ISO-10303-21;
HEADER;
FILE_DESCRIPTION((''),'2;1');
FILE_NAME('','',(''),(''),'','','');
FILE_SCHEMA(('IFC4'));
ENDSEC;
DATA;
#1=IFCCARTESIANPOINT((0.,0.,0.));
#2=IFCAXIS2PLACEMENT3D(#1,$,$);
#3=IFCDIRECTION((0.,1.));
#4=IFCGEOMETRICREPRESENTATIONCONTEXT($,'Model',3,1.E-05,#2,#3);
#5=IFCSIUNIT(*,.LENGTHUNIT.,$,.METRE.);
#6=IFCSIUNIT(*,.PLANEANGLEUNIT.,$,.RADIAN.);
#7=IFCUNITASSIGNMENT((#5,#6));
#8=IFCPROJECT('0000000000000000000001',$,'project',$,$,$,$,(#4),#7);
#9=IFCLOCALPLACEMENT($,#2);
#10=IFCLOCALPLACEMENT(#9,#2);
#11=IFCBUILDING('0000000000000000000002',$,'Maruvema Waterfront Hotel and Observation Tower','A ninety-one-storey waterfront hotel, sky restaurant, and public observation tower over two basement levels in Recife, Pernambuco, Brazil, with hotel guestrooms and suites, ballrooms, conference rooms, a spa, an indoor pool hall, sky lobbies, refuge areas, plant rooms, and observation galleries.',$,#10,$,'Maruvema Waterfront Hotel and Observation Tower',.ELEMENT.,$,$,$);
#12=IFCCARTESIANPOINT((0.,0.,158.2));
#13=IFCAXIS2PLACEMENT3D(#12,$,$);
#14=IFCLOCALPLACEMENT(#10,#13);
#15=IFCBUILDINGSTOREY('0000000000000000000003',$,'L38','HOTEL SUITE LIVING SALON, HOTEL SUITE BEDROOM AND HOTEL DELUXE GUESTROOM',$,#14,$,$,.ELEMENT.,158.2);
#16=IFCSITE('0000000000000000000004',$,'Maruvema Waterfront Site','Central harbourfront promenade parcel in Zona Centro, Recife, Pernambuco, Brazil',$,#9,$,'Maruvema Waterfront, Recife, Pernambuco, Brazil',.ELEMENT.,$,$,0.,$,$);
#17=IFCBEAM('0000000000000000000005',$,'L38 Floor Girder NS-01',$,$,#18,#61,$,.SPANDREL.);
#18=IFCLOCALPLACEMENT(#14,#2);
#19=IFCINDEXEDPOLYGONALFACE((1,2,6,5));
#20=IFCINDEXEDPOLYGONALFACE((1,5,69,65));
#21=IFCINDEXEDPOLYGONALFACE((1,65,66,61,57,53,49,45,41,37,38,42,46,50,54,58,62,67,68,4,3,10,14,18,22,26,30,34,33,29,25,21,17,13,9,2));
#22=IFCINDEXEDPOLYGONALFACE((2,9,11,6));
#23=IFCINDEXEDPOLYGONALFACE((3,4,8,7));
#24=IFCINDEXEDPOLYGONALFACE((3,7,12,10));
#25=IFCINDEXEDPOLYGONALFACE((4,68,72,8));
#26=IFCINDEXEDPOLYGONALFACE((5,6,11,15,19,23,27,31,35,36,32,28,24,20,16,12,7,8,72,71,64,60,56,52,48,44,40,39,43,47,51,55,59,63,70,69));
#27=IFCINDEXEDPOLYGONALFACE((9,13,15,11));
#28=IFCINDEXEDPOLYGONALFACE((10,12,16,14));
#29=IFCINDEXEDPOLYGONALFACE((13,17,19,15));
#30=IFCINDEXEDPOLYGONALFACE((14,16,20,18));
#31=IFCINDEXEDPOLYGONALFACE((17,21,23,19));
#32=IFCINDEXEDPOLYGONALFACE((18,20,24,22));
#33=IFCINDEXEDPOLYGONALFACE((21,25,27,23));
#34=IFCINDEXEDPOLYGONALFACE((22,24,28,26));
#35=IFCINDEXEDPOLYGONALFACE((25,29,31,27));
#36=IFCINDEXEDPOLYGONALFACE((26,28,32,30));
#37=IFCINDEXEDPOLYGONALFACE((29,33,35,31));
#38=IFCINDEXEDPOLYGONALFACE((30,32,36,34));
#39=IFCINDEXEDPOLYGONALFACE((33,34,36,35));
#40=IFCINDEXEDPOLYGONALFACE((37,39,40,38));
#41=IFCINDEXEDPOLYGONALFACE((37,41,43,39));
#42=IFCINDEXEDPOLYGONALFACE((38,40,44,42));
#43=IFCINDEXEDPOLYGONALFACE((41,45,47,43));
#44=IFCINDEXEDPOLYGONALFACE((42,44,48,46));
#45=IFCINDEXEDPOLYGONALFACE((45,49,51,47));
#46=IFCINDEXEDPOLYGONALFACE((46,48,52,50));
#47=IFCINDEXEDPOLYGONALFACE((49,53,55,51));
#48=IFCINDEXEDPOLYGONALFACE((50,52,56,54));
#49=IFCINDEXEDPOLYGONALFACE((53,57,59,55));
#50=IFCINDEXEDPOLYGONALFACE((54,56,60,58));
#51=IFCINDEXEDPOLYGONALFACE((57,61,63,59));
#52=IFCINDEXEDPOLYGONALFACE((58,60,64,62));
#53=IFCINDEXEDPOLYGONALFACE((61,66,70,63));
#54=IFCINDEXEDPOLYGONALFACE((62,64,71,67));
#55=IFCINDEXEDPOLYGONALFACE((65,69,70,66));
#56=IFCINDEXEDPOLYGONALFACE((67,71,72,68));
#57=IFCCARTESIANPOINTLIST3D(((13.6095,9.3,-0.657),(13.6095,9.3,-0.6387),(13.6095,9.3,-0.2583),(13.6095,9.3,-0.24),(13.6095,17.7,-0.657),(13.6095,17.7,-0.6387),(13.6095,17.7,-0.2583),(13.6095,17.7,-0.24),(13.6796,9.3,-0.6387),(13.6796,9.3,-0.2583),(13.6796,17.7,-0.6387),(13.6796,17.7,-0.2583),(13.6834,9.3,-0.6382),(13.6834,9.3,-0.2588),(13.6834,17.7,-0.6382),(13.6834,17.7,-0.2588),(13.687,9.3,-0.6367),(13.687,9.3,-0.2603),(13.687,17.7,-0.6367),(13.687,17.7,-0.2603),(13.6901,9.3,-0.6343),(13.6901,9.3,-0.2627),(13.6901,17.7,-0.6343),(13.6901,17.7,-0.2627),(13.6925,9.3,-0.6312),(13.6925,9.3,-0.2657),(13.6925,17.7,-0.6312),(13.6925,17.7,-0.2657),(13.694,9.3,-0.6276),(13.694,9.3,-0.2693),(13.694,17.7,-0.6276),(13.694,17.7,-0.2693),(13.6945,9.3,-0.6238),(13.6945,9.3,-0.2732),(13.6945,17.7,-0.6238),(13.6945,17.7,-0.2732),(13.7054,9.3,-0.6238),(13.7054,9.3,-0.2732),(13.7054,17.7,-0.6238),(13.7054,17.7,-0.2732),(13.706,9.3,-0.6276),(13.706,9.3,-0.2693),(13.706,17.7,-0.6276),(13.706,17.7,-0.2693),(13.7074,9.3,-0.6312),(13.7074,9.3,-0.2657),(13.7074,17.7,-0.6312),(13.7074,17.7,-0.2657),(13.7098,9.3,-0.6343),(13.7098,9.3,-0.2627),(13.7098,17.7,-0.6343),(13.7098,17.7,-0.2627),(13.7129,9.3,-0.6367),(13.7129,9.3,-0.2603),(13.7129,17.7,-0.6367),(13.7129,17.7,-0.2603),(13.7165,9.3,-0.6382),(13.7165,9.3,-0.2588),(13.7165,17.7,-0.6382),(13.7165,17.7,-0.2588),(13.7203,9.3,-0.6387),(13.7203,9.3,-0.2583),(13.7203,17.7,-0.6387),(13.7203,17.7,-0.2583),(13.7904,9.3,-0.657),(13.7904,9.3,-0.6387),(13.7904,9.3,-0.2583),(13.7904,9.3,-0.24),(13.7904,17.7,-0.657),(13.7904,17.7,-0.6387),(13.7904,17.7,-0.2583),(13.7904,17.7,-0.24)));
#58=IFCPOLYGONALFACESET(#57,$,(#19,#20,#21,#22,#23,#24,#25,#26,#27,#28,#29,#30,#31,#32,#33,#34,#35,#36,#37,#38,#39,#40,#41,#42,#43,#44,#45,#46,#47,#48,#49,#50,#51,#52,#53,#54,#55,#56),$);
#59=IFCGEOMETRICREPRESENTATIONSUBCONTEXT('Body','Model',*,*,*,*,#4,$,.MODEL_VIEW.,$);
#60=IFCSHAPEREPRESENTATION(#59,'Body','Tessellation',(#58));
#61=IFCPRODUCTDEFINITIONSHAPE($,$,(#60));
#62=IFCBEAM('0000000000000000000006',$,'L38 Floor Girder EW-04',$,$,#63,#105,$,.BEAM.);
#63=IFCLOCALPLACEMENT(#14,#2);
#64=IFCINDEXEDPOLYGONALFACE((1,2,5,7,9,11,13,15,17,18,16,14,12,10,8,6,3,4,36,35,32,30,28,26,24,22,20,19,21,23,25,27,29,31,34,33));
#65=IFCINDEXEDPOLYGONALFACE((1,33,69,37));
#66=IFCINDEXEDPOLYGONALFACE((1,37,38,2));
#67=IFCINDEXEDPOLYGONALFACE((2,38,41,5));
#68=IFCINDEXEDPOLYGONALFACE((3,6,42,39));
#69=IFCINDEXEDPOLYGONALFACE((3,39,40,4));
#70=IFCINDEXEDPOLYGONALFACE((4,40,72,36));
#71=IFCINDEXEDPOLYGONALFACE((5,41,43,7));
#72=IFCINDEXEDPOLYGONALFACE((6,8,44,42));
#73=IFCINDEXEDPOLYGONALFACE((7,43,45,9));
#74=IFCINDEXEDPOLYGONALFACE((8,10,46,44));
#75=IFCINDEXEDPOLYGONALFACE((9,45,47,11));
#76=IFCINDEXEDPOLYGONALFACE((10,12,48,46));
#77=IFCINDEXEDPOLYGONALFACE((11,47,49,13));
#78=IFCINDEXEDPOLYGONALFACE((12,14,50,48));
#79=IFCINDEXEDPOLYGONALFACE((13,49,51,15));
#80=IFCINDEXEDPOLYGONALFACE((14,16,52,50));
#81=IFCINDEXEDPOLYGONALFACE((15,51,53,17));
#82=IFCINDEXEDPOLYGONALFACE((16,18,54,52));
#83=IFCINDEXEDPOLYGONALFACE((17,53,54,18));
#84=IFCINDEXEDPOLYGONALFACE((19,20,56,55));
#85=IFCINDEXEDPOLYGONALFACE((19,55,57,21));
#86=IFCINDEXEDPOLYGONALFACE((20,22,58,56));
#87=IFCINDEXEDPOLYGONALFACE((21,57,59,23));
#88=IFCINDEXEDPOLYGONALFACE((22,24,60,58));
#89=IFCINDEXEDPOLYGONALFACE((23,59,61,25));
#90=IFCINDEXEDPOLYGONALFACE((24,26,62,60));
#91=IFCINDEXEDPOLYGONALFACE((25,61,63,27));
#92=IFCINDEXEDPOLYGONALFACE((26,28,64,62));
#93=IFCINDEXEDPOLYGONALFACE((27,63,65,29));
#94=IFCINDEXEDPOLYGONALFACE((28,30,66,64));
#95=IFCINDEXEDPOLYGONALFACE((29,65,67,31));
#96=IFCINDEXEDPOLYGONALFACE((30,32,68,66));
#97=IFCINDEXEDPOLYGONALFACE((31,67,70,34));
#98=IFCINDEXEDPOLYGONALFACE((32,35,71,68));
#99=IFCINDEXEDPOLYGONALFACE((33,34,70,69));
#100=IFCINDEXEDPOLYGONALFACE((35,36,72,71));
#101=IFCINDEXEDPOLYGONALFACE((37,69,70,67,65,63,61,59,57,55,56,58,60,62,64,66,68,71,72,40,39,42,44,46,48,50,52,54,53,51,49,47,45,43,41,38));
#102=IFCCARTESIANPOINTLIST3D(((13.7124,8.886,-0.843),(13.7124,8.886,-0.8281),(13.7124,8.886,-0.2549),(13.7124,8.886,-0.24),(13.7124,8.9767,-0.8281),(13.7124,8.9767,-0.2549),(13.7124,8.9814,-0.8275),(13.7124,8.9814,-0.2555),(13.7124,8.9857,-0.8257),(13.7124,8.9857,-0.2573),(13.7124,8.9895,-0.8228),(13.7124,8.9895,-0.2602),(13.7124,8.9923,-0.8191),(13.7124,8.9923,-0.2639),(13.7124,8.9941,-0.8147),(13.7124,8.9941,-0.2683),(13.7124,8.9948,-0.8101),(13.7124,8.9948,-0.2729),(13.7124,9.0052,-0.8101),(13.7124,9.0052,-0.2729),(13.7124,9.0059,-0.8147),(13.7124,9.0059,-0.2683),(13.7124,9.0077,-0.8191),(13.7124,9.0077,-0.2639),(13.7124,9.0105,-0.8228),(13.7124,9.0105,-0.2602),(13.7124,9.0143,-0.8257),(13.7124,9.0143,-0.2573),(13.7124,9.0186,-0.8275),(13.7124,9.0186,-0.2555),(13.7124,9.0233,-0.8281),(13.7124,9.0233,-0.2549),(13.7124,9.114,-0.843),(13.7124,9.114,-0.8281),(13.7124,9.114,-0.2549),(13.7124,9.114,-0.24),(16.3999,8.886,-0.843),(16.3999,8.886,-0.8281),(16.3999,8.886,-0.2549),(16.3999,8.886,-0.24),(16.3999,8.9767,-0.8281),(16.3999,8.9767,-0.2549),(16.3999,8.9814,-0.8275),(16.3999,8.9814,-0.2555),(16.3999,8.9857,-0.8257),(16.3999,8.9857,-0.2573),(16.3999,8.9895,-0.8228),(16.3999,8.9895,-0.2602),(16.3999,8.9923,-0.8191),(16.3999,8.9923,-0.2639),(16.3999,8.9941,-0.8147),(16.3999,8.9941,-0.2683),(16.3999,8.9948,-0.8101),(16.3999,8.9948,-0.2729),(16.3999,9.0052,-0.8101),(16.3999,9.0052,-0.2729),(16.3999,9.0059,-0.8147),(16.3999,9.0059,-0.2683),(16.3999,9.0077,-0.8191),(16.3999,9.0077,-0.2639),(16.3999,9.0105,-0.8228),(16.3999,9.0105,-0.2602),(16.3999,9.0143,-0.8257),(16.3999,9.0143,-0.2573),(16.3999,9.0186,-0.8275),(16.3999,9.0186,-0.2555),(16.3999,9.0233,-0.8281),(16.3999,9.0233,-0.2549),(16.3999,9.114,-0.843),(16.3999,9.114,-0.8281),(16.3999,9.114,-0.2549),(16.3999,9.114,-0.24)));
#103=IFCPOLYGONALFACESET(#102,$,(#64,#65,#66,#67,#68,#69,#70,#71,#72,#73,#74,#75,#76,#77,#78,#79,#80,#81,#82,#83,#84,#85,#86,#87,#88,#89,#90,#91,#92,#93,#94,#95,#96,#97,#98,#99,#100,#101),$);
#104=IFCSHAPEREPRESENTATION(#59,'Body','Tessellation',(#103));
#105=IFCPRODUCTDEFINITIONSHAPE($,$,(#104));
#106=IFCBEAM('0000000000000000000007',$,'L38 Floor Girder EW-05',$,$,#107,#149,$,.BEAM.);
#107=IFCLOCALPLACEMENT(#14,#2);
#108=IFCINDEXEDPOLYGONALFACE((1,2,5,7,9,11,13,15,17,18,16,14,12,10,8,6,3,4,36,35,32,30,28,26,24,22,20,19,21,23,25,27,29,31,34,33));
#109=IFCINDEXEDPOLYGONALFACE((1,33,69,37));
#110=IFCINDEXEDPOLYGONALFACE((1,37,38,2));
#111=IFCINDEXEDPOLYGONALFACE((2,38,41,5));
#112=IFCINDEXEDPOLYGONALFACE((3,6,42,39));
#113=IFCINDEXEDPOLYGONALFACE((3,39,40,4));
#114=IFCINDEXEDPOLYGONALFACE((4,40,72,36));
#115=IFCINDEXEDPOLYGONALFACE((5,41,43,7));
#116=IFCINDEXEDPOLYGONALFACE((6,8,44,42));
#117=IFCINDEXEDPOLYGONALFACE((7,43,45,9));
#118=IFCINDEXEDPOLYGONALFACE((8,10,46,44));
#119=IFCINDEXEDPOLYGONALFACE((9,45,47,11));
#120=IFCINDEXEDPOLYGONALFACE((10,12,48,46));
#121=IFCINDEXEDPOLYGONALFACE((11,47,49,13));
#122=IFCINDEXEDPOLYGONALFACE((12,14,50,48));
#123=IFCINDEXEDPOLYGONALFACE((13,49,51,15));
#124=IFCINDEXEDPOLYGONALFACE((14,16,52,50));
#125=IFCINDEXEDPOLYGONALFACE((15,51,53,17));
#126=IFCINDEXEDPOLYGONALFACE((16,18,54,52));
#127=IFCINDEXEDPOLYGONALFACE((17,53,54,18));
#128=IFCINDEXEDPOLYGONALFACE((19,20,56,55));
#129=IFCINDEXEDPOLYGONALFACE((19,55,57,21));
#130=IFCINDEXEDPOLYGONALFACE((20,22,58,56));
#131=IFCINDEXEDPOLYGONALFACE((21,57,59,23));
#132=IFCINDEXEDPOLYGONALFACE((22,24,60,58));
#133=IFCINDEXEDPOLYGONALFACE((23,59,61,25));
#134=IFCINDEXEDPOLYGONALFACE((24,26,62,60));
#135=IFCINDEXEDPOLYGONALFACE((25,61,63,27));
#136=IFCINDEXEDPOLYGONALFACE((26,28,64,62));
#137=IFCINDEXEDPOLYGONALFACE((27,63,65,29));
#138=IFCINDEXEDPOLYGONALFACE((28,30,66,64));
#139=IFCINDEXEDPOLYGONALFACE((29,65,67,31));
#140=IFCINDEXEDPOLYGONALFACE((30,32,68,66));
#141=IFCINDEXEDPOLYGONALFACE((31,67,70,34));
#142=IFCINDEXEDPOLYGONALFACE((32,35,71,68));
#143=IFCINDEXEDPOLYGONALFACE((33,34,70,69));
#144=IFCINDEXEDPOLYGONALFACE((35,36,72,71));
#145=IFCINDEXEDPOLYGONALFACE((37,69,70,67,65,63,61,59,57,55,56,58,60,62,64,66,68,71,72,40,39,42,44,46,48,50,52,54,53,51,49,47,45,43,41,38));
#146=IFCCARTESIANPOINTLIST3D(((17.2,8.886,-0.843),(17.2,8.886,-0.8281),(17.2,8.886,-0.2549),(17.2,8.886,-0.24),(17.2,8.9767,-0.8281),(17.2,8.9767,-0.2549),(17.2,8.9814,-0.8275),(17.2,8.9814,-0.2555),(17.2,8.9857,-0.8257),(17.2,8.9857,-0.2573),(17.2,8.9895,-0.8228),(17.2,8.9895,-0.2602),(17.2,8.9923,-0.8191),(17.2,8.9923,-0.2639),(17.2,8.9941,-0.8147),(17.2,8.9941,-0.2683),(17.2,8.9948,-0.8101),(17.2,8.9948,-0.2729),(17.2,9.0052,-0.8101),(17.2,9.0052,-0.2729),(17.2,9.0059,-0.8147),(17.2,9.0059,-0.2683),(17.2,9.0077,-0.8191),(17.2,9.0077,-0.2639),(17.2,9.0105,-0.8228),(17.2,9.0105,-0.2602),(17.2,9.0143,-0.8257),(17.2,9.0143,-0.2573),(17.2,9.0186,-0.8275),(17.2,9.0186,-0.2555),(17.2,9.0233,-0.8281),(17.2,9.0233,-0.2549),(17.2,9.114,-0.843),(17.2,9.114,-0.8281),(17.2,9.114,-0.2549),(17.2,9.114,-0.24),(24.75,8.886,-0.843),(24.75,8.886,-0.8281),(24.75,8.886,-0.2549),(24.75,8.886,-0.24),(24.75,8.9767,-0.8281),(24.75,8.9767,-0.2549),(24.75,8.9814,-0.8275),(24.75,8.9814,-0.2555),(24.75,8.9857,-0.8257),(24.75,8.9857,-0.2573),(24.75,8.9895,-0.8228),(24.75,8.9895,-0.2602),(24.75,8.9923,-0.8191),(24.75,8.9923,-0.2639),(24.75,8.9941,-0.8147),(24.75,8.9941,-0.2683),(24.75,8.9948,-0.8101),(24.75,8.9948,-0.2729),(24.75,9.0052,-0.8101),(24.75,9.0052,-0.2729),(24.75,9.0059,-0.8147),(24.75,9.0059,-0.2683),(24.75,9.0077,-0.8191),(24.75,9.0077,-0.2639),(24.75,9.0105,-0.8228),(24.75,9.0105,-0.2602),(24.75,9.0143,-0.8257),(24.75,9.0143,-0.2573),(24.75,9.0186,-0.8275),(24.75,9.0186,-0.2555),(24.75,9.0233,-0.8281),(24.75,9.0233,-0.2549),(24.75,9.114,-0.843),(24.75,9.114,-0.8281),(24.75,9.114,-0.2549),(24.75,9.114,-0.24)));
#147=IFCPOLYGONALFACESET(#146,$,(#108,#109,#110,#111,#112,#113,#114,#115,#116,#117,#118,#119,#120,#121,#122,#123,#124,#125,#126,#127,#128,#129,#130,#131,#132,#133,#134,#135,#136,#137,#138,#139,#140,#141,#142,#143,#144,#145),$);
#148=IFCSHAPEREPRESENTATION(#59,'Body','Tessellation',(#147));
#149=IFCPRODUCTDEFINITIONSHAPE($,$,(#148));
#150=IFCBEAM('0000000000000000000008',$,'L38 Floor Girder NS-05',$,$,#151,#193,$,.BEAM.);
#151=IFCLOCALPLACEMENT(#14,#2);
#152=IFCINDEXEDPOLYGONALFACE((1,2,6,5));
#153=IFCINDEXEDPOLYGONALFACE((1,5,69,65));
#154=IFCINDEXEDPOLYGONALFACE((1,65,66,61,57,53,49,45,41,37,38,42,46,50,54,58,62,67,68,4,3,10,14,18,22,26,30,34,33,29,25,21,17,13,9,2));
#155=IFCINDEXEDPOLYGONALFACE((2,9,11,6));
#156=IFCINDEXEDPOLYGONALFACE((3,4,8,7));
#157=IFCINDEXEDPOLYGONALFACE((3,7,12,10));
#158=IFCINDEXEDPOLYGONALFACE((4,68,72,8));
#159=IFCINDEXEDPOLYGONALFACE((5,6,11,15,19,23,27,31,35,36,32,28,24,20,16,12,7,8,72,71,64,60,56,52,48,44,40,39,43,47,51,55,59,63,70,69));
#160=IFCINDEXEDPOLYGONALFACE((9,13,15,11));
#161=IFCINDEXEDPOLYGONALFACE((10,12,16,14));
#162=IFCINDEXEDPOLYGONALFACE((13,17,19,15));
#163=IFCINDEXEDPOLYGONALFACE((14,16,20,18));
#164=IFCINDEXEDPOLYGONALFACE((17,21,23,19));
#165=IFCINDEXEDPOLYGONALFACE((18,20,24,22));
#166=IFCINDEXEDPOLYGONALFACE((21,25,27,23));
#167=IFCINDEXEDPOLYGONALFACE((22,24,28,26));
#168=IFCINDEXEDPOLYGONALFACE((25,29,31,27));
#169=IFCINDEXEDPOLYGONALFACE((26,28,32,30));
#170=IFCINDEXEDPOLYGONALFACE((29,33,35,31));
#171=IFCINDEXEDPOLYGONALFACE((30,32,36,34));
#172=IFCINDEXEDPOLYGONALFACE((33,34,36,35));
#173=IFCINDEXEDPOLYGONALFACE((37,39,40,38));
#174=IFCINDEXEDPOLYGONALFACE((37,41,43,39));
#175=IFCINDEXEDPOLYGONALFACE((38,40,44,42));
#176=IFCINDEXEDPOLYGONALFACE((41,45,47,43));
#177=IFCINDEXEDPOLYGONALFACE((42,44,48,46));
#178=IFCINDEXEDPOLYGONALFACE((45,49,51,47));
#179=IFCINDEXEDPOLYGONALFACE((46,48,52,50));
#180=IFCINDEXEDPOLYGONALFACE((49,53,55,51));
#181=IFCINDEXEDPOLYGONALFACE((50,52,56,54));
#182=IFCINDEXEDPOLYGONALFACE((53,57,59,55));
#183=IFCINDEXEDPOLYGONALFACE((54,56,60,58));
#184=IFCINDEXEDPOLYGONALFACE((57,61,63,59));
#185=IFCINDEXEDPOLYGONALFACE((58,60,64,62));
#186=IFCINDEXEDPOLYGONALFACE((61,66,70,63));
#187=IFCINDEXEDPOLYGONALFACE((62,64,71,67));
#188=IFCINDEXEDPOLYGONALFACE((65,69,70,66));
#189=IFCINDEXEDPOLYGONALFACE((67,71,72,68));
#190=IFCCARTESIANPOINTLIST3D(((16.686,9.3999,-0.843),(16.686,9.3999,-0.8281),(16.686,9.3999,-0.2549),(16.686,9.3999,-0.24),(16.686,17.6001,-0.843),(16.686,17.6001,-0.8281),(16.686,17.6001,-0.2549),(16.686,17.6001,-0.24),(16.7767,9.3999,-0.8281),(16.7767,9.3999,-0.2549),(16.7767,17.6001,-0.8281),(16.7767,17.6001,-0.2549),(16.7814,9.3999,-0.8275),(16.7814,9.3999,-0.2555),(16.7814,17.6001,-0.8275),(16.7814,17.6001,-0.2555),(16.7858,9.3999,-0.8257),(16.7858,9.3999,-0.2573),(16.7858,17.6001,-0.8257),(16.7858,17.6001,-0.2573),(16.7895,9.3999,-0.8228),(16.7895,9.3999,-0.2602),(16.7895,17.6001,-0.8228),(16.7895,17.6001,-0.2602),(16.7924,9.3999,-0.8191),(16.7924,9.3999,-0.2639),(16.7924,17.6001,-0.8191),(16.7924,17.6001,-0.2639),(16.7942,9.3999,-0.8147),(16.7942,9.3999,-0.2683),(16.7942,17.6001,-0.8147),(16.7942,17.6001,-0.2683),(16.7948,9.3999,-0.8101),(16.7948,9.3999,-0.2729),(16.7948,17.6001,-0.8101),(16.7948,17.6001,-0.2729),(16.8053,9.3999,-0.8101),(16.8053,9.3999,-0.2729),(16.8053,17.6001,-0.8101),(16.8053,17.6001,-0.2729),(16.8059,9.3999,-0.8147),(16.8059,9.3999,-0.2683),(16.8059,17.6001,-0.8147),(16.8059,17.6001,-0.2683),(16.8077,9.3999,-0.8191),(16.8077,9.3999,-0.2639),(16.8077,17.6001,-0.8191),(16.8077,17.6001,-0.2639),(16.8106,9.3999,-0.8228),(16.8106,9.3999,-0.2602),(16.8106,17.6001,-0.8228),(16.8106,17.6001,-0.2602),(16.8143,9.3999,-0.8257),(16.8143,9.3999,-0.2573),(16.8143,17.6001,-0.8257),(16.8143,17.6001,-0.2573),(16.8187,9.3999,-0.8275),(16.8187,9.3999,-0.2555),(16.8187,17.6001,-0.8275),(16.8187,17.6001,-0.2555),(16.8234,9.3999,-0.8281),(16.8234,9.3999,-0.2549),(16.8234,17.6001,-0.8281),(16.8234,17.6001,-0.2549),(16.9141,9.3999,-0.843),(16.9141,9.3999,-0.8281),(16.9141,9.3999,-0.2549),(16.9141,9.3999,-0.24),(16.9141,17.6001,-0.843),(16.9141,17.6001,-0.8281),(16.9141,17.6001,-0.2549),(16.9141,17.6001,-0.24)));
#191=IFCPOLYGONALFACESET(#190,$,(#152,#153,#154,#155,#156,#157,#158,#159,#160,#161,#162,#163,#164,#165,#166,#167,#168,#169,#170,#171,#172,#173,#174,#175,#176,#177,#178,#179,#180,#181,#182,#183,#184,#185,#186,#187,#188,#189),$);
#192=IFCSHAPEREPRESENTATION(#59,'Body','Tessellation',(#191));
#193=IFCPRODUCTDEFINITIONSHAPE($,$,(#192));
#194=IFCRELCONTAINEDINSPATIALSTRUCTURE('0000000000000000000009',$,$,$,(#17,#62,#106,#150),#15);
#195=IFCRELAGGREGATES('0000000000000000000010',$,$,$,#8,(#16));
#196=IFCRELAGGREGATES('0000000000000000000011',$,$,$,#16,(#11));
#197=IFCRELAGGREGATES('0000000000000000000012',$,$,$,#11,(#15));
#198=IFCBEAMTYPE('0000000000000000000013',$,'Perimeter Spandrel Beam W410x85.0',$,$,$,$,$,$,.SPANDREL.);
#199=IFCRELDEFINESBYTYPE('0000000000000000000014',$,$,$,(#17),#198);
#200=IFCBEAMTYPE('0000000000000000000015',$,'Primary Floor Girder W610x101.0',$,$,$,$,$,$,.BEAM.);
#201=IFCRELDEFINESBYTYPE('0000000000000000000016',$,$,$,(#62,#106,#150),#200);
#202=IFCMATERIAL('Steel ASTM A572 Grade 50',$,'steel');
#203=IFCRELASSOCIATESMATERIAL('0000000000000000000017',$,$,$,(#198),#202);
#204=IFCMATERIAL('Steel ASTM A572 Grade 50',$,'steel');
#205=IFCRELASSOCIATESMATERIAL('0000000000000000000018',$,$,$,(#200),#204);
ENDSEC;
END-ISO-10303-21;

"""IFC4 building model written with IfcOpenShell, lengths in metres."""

from ifc_helpers import new_model, si_unit, direction, frame, origin, origin_2d, place, context, subcontext, project, spatial, i_section, extrude, material, material_profile, profile_set, type_object, element, save


model = new_model("IFC4")

# Units and contexts
model_context = context("Model", 3, precision=1e-05, world=origin(), true_north=direction((0.0, 1.0)))
body_context = subcontext(model_context, "Body", "Model", "MODEL_VIEW")
ifc_project = project(units=[si_unit("LENGTHUNIT", "METRE"), si_unit("PLANEANGLEUNIT", "RADIAN")], contexts=[model_context])

# Site, building, storey
site_placement = place(None, origin())
site = spatial("IfcSite", under=ifc_project, at=site_placement, Name="Maruvema Waterfront Site", Description="Central harbourfront promenade parcel in Zona Centro, Recife, Pernambuco, Brazil", LongName="Maruvema Waterfront, Recife, Pernambuco, Brazil", CompositionType="ELEMENT", RefElevation=0.0)
building_placement = place(site_placement, origin())
building = spatial("IfcBuilding", under=site, at=building_placement, Name="Maruvema Waterfront Hotel and Observation Tower", Description="A ninety-one-storey waterfront hotel, sky restaurant, and public observation tower over two basement levels in Recife, Pernambuco, Brazil, with hotel guestrooms and suites, ballrooms, conference rooms, a spa, an indoor pool hall, sky lobbies, refuge areas, plant rooms, and observation galleries.", LongName="Maruvema Waterfront Hotel and Observation Tower", CompositionType="ELEMENT")
storey_placement = place(building_placement, frame((0.0, 0.0, 158.2)))
storey = spatial("IfcBuildingStorey", under=building, at=storey_placement, Name="L38", Description="HOTEL SUITE LIVING SALON, HOTEL SUITE BEDROOM AND HOTEL DELUXE GUESTROOM", CompositionType="ELEMENT", Elevation=158.2)

# Beams
ifc_material_1 = material(Name="Steel ASTM A572 Grade 50", Category="steel")
ifc_material_profile_1 = material_profile(ifc_material_1, i_section(OverallWidth=0.1809, OverallDepth=0.417, WebThickness=0.011, FlangeThickness=0.0183, FilletRadius=0.0149, at=origin_2d()), Name="W410x85.0")
ifc_profile_set_1 = profile_set([ifc_material_profile_1], Name="Steel ASTM A572 Grade 50")
beam_type_1 = type_object("IfcBeamType", Name="Perimeter Spandrel Beam W410x85.0", PredefinedType="SPANDREL", material=ifc_profile_set_1)
beam_1_placement = place(storey_placement, frame((13.7, 9.3, -0.4485), z_axis=(0.0, 1.0, 0.0), x_axis=(-1.0, 0.0, 0.0)))
element("IfcBeam", 1, at=beam_1_placement, inside=storey, type_object=beam_type_1, Name="L38 Floor Girder NS-01", PredefinedType="SPANDREL", context=body_context, shape_type="SweptSolid", body=[
    extrude(i_section(OverallWidth=0.1809, OverallDepth=0.417, WebThickness=0.011, FlangeThickness=0.0183, FilletRadius=0.0149, at=origin_2d()), origin(), (0.0, 0.0, 1.0), 8.3999),
])
ifc_material_2 = material(Name="Steel ASTM A572 Grade 50", Category="steel")
ifc_material_profile_2 = material_profile(ifc_material_2, i_section(OverallWidth=0.228, OverallDepth=0.603, WebThickness=0.0105, FlangeThickness=0.0149, FilletRadius=0.0181, at=origin_2d()), Name="W610x101.0")
ifc_profile_set_2 = profile_set([ifc_material_profile_2], Name="Steel ASTM A572 Grade 50")
beam_type_2 = type_object("IfcBeamType", Name="Primary Floor Girder W610x101.0", PredefinedType="BEAM", material=ifc_profile_set_2)
beam_2_placement = place(storey_placement, frame((13.7124, 9.0, -0.5415), z_axis=(1.0, 0.0, 0.0), x_axis=(0.0, 1.0, 0.0)))
element("IfcBeam", 2, at=beam_2_placement, inside=storey, type_object=beam_type_2, Name="L38 Floor Girder EW-04", PredefinedType="BEAM", context=body_context, shape_type="SweptSolid", body=[
    extrude(i_section(OverallWidth=0.228, OverallDepth=0.603, WebThickness=0.0105, FlangeThickness=0.0149, FilletRadius=0.0181, at=origin_2d()), origin(), (0.0, 0.0, 1.0), 2.6875),
])
beam_3_placement = place(storey_placement, frame((17.2, 9.0, -0.5415), z_axis=(1.0, 0.0, 0.0), x_axis=(0.0, 1.0, 0.0)))
element("IfcBeam", 3, at=beam_3_placement, inside=storey, type_object=beam_type_2, Name="L38 Floor Girder EW-05", PredefinedType="BEAM", context=body_context, shape_type="SweptSolid", body=[
    extrude(i_section(OverallWidth=0.228, OverallDepth=0.603, WebThickness=0.0105, FlangeThickness=0.0149, FilletRadius=0.0181, at=origin_2d()), origin(), (0.0, 0.0, 1.0), 7.55),
])
beam_4_placement = place(storey_placement, frame((16.8, 9.3999, -0.5415), z_axis=(0.0, 1.0, 0.0), x_axis=(-1.0, 0.0, 0.0)))
element("IfcBeam", 4, at=beam_4_placement, inside=storey, type_object=beam_type_2, Name="L38 Floor Girder NS-05", PredefinedType="BEAM", context=body_context, shape_type="SweptSolid", body=[
    extrude(i_section(OverallWidth=0.228, OverallDepth=0.603, WebThickness=0.0105, FlangeThickness=0.0149, FilletRadius=0.0181, at=origin_2d()), origin(), (0.0, 0.0, 1.0), 8.2002),
])

save(model, "model.ifc")
